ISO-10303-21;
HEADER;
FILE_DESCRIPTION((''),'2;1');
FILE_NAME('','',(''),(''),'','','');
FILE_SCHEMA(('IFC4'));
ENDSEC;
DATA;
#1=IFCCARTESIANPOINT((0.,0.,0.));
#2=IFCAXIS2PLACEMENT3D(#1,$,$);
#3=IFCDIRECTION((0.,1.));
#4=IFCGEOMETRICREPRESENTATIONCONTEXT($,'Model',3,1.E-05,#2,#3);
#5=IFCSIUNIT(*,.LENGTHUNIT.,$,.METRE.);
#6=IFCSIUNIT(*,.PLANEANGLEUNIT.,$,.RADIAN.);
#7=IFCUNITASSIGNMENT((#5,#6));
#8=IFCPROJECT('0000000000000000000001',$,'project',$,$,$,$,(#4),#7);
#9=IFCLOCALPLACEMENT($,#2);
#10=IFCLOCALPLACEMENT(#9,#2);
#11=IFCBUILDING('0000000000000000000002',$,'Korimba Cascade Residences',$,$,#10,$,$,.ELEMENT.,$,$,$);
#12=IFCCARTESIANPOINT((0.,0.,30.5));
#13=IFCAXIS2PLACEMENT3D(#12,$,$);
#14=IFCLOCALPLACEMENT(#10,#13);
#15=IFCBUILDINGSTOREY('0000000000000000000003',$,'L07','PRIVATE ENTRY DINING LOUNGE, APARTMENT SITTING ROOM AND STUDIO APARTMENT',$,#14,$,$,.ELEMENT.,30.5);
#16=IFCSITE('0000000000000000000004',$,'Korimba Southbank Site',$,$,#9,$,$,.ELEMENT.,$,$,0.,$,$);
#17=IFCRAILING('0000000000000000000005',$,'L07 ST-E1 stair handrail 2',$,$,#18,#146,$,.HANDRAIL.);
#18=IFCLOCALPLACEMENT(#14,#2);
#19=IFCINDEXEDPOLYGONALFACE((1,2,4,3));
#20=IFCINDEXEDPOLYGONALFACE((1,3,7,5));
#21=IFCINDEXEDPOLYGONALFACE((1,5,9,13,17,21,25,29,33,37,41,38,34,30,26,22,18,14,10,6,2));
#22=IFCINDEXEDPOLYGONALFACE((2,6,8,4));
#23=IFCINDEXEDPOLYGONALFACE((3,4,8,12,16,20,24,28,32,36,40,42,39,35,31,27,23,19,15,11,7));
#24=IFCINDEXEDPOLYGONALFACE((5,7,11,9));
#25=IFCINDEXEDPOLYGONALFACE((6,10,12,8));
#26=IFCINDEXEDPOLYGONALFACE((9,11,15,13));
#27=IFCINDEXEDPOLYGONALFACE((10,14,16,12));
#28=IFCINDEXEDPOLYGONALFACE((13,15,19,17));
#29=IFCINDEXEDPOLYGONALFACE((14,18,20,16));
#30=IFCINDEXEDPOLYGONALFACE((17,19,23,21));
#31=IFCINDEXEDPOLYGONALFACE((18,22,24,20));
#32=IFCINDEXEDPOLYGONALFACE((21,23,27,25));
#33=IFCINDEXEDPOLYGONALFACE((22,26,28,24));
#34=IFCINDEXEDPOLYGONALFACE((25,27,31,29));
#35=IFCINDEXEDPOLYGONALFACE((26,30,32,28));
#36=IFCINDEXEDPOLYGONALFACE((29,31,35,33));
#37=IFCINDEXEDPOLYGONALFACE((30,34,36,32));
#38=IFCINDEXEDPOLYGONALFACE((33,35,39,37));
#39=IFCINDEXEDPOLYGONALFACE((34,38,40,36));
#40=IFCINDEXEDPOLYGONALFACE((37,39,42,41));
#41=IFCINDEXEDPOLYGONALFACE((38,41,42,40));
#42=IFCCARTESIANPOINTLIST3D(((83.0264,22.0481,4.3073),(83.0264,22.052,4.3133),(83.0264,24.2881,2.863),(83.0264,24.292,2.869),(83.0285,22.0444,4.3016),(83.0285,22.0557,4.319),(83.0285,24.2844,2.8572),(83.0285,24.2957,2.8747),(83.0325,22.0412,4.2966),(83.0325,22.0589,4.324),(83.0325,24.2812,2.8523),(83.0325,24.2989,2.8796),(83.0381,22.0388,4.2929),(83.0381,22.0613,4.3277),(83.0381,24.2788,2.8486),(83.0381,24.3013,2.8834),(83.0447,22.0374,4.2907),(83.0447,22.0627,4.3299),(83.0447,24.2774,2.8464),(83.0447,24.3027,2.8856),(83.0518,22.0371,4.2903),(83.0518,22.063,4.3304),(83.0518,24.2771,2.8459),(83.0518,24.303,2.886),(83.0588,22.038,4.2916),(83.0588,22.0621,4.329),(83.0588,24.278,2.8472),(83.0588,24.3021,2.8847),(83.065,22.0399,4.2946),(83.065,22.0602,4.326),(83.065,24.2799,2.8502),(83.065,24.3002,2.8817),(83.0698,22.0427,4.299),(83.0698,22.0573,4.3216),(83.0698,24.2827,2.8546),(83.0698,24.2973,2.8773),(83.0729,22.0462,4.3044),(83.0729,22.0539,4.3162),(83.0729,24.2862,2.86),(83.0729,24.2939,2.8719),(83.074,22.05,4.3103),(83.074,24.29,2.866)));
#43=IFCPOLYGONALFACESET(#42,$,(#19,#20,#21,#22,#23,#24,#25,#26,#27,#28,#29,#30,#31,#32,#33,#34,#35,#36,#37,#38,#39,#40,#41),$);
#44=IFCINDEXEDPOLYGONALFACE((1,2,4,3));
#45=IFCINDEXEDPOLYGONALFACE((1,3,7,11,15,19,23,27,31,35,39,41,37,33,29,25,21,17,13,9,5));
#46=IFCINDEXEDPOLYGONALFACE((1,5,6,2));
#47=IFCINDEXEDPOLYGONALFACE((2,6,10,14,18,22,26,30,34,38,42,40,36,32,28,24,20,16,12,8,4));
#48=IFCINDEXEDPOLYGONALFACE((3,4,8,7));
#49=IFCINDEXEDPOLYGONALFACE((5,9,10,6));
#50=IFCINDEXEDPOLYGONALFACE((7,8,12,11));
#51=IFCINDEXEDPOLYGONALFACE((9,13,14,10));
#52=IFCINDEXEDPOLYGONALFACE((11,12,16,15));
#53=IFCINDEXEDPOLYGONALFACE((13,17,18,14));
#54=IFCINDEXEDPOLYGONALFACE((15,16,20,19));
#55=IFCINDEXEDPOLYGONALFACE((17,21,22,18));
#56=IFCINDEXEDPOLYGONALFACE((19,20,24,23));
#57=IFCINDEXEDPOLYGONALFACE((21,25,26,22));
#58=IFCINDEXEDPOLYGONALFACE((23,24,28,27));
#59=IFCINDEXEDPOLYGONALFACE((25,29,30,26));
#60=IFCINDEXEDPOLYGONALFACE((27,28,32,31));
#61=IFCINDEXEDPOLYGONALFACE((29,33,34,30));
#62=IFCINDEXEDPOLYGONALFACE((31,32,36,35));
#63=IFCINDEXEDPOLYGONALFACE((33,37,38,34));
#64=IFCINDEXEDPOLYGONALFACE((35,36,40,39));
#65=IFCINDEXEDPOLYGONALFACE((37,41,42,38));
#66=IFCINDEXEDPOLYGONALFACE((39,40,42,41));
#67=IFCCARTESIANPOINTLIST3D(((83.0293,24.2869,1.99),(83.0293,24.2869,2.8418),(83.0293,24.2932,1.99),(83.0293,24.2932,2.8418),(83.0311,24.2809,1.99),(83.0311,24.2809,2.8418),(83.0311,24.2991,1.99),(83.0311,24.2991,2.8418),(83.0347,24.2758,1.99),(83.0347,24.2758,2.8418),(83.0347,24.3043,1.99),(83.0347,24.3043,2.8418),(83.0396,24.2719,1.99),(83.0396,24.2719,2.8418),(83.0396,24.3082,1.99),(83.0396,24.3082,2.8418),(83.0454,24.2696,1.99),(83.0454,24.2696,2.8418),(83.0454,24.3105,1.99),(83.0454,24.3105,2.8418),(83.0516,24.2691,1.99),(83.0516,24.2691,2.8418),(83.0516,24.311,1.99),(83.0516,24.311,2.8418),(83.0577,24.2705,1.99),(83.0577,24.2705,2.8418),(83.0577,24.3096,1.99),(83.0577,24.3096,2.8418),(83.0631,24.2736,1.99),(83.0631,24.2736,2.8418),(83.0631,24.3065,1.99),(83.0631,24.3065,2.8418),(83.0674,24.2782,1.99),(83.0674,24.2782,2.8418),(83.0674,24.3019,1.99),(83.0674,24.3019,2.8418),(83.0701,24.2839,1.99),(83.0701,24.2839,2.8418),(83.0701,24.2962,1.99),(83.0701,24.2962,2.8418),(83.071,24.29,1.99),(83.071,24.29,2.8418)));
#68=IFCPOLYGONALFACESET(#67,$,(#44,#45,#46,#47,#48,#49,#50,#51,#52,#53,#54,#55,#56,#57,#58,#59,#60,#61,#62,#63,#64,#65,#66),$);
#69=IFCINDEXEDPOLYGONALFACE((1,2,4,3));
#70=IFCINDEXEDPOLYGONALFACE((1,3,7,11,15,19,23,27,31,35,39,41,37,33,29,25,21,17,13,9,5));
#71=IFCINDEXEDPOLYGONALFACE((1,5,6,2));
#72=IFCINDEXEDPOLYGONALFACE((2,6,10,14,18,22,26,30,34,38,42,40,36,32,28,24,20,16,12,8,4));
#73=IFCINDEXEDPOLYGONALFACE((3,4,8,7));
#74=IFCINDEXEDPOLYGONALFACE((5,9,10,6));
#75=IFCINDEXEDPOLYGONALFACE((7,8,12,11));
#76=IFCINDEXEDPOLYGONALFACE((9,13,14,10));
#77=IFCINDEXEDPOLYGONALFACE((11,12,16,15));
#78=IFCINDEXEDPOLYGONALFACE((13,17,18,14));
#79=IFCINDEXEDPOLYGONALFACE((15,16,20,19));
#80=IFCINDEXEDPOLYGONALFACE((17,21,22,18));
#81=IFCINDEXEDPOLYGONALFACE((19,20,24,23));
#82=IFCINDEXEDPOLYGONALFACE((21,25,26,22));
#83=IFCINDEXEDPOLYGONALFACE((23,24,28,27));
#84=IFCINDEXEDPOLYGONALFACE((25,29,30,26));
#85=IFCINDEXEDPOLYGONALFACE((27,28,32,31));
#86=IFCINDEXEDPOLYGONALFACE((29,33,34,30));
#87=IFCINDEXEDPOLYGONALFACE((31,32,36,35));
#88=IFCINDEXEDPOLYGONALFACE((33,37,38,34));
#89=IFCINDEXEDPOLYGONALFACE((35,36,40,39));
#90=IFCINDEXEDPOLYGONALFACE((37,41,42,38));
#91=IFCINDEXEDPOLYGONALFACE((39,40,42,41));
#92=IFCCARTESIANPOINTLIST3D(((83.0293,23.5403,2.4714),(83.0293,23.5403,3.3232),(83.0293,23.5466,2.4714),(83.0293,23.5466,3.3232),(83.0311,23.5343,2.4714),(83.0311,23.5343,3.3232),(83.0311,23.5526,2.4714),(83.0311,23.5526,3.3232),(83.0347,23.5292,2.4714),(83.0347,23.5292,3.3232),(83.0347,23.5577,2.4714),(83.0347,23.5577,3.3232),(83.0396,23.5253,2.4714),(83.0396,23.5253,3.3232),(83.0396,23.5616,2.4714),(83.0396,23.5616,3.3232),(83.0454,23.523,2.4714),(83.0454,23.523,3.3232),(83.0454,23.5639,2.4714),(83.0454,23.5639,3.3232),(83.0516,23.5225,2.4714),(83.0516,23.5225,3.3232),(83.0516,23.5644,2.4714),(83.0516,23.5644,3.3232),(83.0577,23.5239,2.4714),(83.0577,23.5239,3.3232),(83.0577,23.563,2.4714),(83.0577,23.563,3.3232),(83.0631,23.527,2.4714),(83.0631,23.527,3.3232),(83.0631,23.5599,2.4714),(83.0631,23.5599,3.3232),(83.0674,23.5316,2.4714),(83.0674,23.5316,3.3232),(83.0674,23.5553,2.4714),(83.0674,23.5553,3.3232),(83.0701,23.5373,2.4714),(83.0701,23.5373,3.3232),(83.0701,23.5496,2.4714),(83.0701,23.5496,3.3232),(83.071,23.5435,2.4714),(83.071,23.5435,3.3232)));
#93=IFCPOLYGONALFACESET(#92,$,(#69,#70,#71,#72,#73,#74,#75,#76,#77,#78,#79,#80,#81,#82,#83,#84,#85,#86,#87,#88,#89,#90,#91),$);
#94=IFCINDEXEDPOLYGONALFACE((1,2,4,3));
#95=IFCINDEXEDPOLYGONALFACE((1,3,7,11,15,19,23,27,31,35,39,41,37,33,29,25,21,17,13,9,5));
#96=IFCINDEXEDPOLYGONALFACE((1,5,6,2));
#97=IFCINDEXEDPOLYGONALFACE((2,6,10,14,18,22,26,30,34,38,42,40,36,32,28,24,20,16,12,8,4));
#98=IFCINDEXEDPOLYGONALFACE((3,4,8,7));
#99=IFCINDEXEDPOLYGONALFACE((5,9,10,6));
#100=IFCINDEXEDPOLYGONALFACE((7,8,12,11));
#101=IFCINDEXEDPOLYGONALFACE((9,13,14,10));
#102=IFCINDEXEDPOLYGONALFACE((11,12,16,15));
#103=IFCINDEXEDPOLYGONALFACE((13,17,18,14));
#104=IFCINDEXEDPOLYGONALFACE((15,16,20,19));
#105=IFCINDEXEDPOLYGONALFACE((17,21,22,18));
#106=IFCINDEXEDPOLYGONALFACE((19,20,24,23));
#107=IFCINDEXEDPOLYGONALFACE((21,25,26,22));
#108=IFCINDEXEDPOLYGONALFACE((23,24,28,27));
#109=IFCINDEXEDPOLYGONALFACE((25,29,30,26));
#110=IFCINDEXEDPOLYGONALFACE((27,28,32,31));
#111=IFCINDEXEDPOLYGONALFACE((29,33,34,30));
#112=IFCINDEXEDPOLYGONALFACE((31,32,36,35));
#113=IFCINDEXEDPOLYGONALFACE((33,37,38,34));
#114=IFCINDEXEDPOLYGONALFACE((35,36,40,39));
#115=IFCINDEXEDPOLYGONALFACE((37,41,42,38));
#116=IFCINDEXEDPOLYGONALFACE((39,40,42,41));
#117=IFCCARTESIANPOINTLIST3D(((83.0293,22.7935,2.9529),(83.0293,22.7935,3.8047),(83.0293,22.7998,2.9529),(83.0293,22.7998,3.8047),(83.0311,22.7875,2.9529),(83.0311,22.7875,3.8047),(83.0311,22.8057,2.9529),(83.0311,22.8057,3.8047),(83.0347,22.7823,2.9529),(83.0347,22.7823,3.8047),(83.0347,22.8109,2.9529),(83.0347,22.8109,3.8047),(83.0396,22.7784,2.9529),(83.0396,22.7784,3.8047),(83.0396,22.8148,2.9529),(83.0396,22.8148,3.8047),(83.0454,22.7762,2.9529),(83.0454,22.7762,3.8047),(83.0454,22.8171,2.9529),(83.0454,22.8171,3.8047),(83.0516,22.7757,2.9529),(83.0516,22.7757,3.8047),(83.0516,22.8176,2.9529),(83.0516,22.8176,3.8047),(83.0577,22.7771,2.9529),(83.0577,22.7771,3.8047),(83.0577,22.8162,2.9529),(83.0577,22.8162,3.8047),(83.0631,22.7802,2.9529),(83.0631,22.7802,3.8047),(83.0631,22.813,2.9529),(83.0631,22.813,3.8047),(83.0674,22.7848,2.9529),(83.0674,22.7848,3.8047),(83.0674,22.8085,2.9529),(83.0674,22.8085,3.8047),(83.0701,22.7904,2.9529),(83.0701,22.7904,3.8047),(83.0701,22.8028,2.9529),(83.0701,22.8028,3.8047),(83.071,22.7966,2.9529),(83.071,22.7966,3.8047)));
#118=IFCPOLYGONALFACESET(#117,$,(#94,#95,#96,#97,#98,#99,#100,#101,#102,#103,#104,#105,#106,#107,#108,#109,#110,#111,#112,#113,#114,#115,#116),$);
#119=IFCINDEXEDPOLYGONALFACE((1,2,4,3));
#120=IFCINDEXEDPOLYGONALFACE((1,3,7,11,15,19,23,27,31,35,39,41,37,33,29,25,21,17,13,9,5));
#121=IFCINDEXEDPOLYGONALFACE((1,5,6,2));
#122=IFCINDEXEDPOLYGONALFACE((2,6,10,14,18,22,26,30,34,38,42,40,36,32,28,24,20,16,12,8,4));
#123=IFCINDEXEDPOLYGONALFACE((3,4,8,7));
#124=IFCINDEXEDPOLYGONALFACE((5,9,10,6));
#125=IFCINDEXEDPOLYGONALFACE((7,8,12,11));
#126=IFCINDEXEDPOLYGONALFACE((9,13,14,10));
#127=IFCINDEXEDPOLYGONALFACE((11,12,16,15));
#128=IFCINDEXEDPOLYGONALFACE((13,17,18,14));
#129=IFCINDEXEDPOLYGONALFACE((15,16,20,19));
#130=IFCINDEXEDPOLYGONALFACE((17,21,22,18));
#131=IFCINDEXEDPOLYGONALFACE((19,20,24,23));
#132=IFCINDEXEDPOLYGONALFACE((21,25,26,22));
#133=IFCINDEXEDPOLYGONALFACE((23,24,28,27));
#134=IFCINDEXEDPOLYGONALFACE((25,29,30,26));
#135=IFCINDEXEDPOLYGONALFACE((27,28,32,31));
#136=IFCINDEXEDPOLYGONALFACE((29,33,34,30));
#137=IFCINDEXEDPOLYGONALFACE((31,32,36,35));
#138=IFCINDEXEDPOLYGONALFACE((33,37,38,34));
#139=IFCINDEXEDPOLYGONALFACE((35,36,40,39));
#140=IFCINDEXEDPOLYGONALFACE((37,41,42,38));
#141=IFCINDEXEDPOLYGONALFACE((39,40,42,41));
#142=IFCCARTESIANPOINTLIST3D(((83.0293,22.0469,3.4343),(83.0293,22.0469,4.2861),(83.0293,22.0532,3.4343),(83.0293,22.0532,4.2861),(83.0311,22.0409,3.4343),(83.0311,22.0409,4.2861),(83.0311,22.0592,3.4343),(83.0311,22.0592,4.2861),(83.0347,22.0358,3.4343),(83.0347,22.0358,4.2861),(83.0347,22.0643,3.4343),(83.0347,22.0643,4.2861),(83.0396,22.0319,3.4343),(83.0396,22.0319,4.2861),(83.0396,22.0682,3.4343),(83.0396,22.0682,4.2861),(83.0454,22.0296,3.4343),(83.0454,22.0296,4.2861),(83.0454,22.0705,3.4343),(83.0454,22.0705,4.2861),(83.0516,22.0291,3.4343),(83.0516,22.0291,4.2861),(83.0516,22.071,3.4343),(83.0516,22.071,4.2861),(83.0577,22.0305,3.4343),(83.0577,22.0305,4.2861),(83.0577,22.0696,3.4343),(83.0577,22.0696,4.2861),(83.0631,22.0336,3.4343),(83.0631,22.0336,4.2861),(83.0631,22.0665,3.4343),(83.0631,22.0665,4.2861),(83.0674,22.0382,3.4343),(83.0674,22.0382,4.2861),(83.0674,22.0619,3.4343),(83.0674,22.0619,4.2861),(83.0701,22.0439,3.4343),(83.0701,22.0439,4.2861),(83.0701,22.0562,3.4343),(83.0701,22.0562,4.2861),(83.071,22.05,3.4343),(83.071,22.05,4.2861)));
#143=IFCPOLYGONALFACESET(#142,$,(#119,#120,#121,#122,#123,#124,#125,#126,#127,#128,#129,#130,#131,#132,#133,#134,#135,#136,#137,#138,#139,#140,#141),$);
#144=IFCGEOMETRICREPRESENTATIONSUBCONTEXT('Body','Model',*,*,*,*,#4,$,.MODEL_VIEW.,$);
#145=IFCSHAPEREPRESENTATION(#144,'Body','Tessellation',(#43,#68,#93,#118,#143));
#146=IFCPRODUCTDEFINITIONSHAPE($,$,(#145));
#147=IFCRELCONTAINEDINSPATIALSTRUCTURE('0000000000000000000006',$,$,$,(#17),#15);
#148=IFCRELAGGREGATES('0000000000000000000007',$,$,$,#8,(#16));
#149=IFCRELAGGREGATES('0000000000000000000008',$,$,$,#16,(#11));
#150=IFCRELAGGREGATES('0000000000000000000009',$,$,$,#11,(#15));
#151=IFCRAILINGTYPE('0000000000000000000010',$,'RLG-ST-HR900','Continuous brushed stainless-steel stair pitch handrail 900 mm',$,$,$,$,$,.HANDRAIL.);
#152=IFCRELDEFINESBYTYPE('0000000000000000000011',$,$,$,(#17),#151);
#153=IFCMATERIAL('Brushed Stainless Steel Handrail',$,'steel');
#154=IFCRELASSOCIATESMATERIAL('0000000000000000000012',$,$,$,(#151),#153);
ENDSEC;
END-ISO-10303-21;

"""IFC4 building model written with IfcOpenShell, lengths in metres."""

from ifc_helpers import new_model, si_unit, direction, frame, origin, origin_2d, place, context, subcontext, project, spatial, circle, extrude, material, type_object, element, save


model = new_model("IFC4")

# Units and contexts
model_context = context("Model", 3, precision=1e-05, world=origin(), true_north=direction((0.0, 1.0)))
body_context = subcontext(model_context, "Body", "Model", "MODEL_VIEW")
ifc_project = project(units=[si_unit("LENGTHUNIT", "METRE"), si_unit("PLANEANGLEUNIT", "RADIAN")], contexts=[model_context])

# Site, building, storey
site_placement = place(None, origin())
site = spatial("IfcSite", under=ifc_project, at=site_placement, Name="Korimba Southbank Site", CompositionType="ELEMENT", RefElevation=0.0)
building_placement = place(site_placement, origin())
building = spatial("IfcBuilding", under=site, at=building_placement, Name="Korimba Cascade Residences", CompositionType="ELEMENT")
storey_placement = place(building_placement, frame((0.0, 0.0, 30.5)))
storey = spatial("IfcBuildingStorey", under=building, at=storey_placement, Name="L07", Description="PRIVATE ENTRY DINING LOUNGE, APARTMENT SITTING ROOM AND STUDIO APARTMENT", CompositionType="ELEMENT", Elevation=30.5)

# Railing
ifc_material_1 = material(Name="Brushed Stainless Steel Handrail", Category="steel")
railing_type_1 = type_object("IfcRailingType", Name="RLG-ST-HR900", Description="Continuous brushed stainless-steel stair pitch handrail 900 mm", PredefinedType="HANDRAIL", material=ifc_material_1)
railing_1_placement = place(storey_placement, frame((83.05, 24.29, 1.99)))
element("IfcRailing", 1, at=railing_1_placement, inside=storey, type_object=railing_type_1, Name="L07 ST-E1 stair handrail 2", PredefinedType="HANDRAIL", context=body_context, shape_type="SweptSolid", body=[
    extrude(circle(Radius=0.0239, at=origin_2d()), frame((0.0, 0.0, 0.876), z_axis=(0.0, -0.840437, 0.54191), x_axis=(1.0, 0.0, 0.0)), (0.0, 0.0, 1.0), 2.6653),
    extrude(circle(Radius=0.021, at=origin_2d()), origin(), (0.0, 0.0, 1.0), 0.8518),
    extrude(circle(Radius=0.021, at=origin_2d()), frame((0.0, -0.7466, 0.4814)), (0.0, 0.0, 1.0), 0.8518),
    extrude(circle(Radius=0.021, at=origin_2d()), frame((0.0, -1.4934, 0.9629)), (0.0, 0.0, 1.0), 0.8518),
    extrude(circle(Radius=0.021, at=origin_2d()), frame((0.0, -2.24, 1.4443)), (0.0, 0.0, 1.0), 0.8518),
])

save(model, "model.ifc")
